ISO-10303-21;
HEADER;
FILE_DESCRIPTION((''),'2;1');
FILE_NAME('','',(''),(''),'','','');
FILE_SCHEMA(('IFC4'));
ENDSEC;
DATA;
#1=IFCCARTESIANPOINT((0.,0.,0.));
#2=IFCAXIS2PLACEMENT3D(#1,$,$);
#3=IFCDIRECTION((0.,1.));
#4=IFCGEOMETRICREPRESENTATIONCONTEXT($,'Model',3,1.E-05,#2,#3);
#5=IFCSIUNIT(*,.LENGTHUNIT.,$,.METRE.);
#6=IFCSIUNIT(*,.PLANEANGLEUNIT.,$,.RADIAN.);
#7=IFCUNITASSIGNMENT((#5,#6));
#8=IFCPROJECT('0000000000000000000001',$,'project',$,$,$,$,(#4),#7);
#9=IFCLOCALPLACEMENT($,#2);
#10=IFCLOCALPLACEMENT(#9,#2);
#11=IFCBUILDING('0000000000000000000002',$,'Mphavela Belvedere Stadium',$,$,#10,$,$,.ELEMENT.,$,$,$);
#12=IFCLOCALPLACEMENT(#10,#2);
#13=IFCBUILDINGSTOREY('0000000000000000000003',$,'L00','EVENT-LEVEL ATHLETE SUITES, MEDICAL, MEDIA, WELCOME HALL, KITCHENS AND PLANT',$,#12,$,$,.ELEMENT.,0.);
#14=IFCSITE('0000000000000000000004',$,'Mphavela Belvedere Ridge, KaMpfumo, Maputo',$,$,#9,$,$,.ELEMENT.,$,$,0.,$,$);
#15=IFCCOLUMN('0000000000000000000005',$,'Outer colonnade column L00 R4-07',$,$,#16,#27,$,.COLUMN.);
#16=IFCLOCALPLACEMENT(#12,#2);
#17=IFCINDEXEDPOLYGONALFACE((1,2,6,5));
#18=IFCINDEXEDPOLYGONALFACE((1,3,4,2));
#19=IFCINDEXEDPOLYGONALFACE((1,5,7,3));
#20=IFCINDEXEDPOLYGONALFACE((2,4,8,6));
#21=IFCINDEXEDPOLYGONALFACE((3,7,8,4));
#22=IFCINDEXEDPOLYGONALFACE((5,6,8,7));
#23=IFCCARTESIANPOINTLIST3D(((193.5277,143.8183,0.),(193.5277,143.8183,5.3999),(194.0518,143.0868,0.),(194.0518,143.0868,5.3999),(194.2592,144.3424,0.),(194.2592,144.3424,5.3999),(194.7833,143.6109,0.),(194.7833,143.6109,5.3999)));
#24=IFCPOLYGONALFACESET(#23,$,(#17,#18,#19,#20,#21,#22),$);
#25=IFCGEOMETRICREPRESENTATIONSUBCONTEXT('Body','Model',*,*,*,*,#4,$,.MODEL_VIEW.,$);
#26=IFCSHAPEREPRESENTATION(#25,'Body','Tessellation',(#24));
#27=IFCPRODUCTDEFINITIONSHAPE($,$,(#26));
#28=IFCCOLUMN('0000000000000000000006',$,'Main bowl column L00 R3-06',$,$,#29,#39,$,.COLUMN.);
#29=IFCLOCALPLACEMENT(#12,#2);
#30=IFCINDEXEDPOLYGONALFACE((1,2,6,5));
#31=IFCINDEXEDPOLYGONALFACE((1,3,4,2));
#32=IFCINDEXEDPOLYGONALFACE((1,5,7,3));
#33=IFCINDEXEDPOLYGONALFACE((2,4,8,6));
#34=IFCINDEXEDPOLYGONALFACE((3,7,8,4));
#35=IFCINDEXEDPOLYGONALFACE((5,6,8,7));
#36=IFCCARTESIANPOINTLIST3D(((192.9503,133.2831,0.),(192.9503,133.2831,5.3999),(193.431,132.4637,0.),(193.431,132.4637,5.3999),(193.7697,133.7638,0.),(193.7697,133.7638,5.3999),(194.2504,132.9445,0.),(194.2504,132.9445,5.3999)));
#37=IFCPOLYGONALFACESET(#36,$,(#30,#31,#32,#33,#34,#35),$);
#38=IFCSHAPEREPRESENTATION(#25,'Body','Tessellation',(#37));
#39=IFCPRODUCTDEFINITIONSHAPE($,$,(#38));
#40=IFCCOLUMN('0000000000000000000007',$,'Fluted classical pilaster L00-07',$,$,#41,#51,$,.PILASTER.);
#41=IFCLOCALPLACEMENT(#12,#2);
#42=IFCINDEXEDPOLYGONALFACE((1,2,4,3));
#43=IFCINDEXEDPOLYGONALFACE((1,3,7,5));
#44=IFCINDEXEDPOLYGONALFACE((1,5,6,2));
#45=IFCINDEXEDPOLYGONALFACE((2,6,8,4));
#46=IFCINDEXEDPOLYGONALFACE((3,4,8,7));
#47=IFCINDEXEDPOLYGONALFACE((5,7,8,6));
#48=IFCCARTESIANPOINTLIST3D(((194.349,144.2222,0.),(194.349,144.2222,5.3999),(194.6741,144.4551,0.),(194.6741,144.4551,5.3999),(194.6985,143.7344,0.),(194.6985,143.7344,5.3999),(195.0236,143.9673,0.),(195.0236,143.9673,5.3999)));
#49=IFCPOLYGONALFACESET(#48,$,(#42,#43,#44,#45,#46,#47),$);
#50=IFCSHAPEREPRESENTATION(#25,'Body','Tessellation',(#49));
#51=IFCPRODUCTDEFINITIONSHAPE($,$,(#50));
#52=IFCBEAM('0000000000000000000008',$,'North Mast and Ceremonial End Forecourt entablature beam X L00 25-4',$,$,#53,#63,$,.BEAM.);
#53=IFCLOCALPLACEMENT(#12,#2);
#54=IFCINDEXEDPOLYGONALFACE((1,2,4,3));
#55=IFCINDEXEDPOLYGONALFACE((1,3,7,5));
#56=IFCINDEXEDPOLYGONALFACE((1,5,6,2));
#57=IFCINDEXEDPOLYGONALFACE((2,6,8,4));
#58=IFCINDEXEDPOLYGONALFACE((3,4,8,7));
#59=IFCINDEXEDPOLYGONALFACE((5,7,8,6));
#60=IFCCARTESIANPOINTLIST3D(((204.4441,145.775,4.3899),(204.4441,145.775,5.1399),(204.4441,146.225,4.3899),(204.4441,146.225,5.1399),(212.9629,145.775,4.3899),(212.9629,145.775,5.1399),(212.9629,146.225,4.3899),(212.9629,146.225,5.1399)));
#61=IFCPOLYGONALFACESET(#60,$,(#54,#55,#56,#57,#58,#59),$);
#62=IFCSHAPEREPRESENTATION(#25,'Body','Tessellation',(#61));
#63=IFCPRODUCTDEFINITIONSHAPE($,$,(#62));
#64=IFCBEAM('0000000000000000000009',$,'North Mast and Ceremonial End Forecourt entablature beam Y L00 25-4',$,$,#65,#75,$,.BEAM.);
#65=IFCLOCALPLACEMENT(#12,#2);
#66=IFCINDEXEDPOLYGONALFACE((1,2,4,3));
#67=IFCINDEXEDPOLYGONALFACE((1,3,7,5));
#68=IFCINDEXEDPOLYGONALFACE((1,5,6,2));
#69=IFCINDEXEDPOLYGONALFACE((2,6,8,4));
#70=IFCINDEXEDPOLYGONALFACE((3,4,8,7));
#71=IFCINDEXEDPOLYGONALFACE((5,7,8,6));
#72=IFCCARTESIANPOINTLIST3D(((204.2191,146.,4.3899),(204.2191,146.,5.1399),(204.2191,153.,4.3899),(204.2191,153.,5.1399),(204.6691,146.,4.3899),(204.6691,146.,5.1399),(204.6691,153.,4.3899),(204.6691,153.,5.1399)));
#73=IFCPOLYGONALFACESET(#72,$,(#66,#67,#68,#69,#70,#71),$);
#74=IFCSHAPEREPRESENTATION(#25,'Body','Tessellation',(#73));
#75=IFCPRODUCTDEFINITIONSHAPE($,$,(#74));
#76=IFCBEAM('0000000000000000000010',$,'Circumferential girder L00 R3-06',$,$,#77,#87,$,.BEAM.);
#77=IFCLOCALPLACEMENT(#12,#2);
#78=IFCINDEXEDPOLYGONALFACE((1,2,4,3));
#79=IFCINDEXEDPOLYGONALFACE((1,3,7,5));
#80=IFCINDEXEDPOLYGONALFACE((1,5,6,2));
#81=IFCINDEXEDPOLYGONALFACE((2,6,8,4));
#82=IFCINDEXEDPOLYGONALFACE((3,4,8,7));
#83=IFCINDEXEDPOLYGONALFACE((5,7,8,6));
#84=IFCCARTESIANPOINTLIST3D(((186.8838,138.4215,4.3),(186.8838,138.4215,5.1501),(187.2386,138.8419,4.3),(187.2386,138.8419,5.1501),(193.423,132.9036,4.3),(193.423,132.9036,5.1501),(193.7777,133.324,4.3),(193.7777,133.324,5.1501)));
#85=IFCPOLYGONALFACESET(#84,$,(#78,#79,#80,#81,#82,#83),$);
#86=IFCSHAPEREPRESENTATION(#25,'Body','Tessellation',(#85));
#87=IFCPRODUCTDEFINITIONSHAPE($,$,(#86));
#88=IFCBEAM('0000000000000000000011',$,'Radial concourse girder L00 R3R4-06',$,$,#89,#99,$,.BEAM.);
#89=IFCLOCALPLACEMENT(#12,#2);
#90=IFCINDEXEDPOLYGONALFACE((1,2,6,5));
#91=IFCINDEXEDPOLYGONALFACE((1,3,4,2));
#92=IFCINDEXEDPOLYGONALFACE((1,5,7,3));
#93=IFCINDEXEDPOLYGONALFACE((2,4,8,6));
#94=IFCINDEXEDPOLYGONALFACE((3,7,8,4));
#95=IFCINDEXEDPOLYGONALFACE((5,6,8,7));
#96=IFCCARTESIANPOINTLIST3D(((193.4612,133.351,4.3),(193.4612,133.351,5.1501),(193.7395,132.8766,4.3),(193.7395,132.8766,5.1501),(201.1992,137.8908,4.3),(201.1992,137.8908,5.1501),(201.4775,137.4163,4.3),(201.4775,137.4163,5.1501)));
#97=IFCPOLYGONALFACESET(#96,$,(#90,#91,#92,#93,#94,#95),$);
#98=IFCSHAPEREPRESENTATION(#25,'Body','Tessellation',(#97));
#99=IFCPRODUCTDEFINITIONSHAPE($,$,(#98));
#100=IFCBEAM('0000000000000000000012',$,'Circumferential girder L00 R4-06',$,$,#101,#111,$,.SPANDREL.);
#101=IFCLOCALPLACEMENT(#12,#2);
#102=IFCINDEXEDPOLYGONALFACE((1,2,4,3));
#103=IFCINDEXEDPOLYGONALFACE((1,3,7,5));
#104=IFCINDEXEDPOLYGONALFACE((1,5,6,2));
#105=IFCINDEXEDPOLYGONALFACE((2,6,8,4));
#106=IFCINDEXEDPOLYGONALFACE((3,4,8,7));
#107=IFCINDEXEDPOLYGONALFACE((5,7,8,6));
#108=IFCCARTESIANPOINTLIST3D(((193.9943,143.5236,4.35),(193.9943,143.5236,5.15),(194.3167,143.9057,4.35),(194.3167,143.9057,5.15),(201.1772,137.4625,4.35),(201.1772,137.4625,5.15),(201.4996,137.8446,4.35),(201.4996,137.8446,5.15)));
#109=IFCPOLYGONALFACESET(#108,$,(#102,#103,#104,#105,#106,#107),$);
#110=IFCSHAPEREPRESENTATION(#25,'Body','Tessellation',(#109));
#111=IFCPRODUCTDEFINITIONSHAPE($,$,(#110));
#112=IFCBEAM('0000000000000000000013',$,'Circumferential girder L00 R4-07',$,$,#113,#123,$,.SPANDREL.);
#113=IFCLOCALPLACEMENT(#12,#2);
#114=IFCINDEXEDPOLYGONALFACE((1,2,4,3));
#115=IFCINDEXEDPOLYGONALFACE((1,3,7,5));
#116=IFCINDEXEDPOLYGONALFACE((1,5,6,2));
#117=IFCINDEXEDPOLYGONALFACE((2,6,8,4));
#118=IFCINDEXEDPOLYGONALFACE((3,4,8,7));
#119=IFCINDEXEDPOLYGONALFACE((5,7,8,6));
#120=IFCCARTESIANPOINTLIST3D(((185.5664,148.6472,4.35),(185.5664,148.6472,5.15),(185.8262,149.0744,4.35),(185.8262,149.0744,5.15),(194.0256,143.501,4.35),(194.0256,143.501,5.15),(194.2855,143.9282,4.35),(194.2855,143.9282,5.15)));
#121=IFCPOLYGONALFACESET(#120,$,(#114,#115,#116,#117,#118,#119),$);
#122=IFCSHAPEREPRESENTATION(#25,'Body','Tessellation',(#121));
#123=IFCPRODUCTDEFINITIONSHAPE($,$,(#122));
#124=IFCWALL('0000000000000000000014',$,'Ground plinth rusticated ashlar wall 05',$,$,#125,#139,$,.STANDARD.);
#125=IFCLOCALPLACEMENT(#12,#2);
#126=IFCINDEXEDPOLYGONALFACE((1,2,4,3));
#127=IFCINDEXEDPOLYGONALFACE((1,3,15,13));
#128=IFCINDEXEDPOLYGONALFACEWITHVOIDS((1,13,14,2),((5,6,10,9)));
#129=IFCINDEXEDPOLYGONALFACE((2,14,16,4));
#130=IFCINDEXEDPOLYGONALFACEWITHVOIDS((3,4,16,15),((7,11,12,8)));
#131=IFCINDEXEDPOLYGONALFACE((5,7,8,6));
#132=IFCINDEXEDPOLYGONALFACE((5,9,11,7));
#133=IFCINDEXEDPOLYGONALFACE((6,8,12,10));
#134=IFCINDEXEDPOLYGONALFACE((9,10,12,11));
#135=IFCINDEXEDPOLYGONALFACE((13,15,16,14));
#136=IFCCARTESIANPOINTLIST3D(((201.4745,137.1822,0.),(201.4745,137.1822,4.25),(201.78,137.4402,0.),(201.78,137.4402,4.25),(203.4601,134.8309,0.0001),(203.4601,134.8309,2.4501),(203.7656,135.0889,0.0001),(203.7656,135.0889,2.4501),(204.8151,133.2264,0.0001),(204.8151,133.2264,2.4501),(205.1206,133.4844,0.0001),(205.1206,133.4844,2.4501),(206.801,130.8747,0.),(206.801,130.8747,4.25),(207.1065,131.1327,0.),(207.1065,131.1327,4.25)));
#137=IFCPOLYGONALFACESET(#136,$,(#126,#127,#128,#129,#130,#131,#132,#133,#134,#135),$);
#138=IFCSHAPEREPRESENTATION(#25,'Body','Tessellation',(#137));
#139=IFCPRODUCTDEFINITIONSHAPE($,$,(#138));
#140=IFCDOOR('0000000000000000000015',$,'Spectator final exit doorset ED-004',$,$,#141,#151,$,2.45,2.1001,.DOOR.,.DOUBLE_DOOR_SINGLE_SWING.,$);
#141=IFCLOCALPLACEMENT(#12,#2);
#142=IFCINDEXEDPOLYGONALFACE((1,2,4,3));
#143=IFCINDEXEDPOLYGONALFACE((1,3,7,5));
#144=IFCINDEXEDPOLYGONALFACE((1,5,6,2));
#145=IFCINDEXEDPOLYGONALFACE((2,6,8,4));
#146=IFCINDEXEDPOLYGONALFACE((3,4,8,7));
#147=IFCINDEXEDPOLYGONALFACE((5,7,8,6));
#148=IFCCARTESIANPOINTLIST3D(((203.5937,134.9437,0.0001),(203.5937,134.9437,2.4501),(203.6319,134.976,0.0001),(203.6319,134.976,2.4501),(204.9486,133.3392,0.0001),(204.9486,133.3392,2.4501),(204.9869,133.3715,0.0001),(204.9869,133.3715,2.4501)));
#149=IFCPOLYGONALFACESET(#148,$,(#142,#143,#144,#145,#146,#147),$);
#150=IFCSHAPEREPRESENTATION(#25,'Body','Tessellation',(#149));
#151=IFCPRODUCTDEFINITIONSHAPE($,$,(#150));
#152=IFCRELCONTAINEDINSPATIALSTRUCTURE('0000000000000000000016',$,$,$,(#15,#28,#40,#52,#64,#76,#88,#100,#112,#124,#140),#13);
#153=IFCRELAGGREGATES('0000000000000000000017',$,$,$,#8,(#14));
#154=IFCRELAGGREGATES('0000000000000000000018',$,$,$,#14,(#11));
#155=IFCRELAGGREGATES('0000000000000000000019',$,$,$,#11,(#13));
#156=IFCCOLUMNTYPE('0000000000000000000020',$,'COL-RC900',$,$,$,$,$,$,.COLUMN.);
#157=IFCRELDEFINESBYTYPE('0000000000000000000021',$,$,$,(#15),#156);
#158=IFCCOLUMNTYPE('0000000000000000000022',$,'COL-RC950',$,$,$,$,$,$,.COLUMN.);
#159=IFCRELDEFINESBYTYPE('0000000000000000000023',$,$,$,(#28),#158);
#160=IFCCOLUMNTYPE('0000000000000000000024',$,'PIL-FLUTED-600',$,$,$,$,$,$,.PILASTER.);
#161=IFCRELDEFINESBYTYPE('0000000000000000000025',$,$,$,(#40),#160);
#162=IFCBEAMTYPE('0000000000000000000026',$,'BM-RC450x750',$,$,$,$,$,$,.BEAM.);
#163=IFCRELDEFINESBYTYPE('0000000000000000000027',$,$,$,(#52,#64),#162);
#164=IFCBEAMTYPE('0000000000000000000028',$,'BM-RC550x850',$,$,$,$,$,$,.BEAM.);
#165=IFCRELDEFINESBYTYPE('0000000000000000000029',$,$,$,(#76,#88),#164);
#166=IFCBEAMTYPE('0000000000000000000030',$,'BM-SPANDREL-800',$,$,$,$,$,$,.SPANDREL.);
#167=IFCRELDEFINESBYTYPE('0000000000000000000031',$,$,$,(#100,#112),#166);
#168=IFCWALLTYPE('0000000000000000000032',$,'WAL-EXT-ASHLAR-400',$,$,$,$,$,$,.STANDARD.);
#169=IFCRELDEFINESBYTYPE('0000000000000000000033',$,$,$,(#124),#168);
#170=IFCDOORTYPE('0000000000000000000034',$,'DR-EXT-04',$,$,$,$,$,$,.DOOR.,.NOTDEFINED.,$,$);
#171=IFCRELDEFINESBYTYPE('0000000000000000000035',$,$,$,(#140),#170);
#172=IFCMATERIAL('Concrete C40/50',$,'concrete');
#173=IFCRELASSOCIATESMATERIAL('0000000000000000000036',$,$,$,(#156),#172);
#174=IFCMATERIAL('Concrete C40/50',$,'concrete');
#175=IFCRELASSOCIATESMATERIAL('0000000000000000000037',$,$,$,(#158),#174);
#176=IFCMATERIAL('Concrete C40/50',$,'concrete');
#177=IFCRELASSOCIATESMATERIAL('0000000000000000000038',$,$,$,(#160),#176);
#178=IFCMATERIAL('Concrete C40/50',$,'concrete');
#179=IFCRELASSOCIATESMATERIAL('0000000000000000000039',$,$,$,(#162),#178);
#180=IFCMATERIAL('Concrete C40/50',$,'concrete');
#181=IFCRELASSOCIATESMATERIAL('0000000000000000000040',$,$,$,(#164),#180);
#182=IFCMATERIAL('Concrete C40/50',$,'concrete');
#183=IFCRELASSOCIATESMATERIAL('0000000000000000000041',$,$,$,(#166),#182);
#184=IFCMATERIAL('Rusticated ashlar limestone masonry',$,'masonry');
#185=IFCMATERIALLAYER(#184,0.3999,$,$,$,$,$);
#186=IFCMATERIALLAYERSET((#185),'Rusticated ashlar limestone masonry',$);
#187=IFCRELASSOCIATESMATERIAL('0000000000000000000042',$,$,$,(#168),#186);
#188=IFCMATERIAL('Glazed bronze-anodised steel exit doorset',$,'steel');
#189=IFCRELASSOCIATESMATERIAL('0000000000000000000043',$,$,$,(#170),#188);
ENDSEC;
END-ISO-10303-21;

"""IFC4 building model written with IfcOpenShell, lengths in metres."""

from ifc_helpers import new_model, si_unit, direction, frame, frame_2d, origin, origin_2d, place, context, subcontext, project, spatial, rectangle, extrude, material, layer, layer_set, material_profile, profile_set, type_object, element, fill, save


model = new_model("IFC4")

# Units and contexts
model_context = context("Model", 3, precision=1e-05, world=origin(), true_north=direction((0.0, 1.0)))
body_context = subcontext(model_context, "Body", "Model", "MODEL_VIEW")
ifc_project = project(units=[si_unit("LENGTHUNIT", "METRE"), si_unit("PLANEANGLEUNIT", "RADIAN")], contexts=[model_context])

# Site, building, storey
site_placement = place(None, origin())
site = spatial("IfcSite", under=ifc_project, at=site_placement, Name="Mphavela Belvedere Ridge, KaMpfumo, Maputo", CompositionType="ELEMENT", RefElevation=0.0)
building_placement = place(site_placement, origin())
building = spatial("IfcBuilding", under=site, at=building_placement, Name="Mphavela Belvedere Stadium", CompositionType="ELEMENT")
storey_placement = place(building_placement, origin())
storey = spatial("IfcBuildingStorey", under=building, at=storey_placement, Name="L00", Description="EVENT-LEVEL ATHLETE SUITES, MEDICAL, MEDIA, WELCOME HALL, KITCHENS AND PLANT", CompositionType="ELEMENT", Elevation=0.0)

# Columns
ifc_material_1 = material(Name="Concrete C40/50", Category="concrete")
ifc_material_profile_1 = material_profile(ifc_material_1, rectangle(XDim=0.8999, YDim=0.8999, at=origin_2d()), Name="RC 900x900")
ifc_profile_set_1 = profile_set([ifc_material_profile_1], Name="Concrete C40/50")
column_type_1 = type_object("IfcColumnType", Name="COL-RC900", PredefinedType="COLUMN", material=ifc_profile_set_1)
for number, where, z_axis, x_axis, name in (
    (1, (194.1555, 143.7146, 0.0), (0.0, 0.0, 1.0), (0.812898, 0.582407, 0.0), "Outer colonnade column L00 R4-07"),
):
    element("IfcColumn", number, at=place(storey_placement, frame(where, z_axis=z_axis, x_axis=x_axis)), inside=storey, type_object=column_type_1, Name=name, PredefinedType="COLUMN", context=body_context, shape_type="SweptSolid", body=[
        extrude(rectangle(XDim=0.8999, YDim=0.8999, at=origin_2d()), origin(), (0.0, 0.0, 1.0), 5.3999),
    ])
ifc_material_2 = material(Name="Concrete C40/50", Category="concrete")
ifc_material_profile_2 = material_profile(ifc_material_2, rectangle(XDim=0.95, YDim=0.95, at=origin_2d()), Name="RC 950x950")
ifc_profile_set_2 = profile_set([ifc_material_profile_2], Name="Concrete C40/50")
column_type_2 = type_object("IfcColumnType", Name="COL-RC950", PredefinedType="COLUMN", material=ifc_profile_set_2)
column_1_placement = place(storey_placement, frame((193.6003, 133.1138, 0.0), z_axis=(0.0, 0.0, 1.0), x_axis=(0.862514, 0.506034, 0.0)))
element("IfcColumn", 2, at=column_1_placement, inside=storey, type_object=column_type_2, Name="Main bowl column L00 R3-06", PredefinedType="COLUMN", context=body_context, shape_type="SweptSolid", body=[
    extrude(rectangle(XDim=0.95, YDim=0.95, at=origin_2d()), origin(), (0.0, 0.0, 1.0), 5.3999),
])
ifc_material_3 = material(Name="Concrete C40/50", Category="concrete")
ifc_material_profile_3 = material_profile(ifc_material_3, rectangle(XDim=0.6001, YDim=0.3999, at=origin_2d()), Name="PIL 600x400")
ifc_profile_set_3 = profile_set([ifc_material_profile_3], Name="Concrete C40/50")
column_type_3 = type_object("IfcColumnType", Name="PIL-FLUTED-600", PredefinedType="PILASTER", material=ifc_profile_set_3)
column_2_placement = place(storey_placement, frame((194.6863, 144.0947, 0.0), z_axis=(0.0, 0.0, 1.0), x_axis=(-0.582407, 0.812898, 0.0)))
element("IfcColumn", 3, at=column_2_placement, inside=storey, type_object=column_type_3, Name="Fluted classical pilaster L00-07", PredefinedType="PILASTER", context=body_context, shape_type="SweptSolid", body=[
    extrude(rectangle(XDim=0.6001, YDim=0.3999, at=origin_2d()), origin(), (0.0, 0.0, 1.0), 5.3999),
])

# Beams
ifc_material_4 = material(Name="Concrete C40/50", Category="concrete")
ifc_material_profile_4 = material_profile(ifc_material_4, rectangle(XDim=0.45, YDim=0.75, at=origin_2d()), Name="RC 450x750")
ifc_profile_set_4 = profile_set([ifc_material_profile_4], Name="Concrete C40/50")
beam_type_1 = type_object("IfcBeamType", Name="BM-RC450x750", PredefinedType="BEAM", material=ifc_profile_set_4)
beam_1_placement = place(storey_placement, frame((204.4441, 146.0, 4.7649), z_axis=(1.0, 0.0, 0.0), x_axis=(0.0, 1.0, 0.0)))
element("IfcBeam", 4, at=beam_1_placement, inside=storey, type_object=beam_type_1, Name="North Mast and Ceremonial End Forecourt entablature beam X L00 25-4", PredefinedType="BEAM", context=body_context, shape_type="SweptSolid", body=[
    extrude(rectangle(XDim=0.45, YDim=0.75, at=origin_2d()), origin(), (0.0, 0.0, 1.0), 8.5188),
])
beam_2_placement = place(storey_placement, frame((204.4441, 146.0, 4.7649), z_axis=(0.0, 1.0, 0.0), x_axis=(-1.0, 0.0, 0.0)))
element("IfcBeam", 5, at=beam_2_placement, inside=storey, type_object=beam_type_1, Name="North Mast and Ceremonial End Forecourt entablature beam Y L00 25-4", PredefinedType="BEAM", context=body_context, shape_type="SweptSolid", body=[
    extrude(rectangle(XDim=0.45, YDim=0.75, at=origin_2d()), origin(), (0.0, 0.0, 1.0), 7.0),
])
ifc_material_5 = material(Name="Concrete C40/50", Category="concrete")
ifc_material_profile_5 = material_profile(ifc_material_5, rectangle(XDim=0.55, YDim=0.8501, at=origin_2d()), Name="RC 550x850")
ifc_profile_set_5 = profile_set([ifc_material_profile_5], Name="Concrete C40/50")
beam_type_2 = type_object("IfcBeamType", Name="BM-RC550x850", PredefinedType="BEAM", material=ifc_profile_set_5)
beam_3_placement = place(storey_placement, frame((193.6003, 133.1138, 4.7251), z_axis=(-0.764263, 0.644904, 0.0), x_axis=(-0.644904, -0.764263, 0.0)))
element("IfcBeam", 6, at=beam_3_placement, inside=storey, type_object=beam_type_2, Name="Circumferential girder L00 R3-06", PredefinedType="BEAM", context=body_context, shape_type="SweptSolid", body=[
    extrude(rectangle(XDim=0.55, YDim=0.8501, at=origin_2d()), origin(), (0.0, 0.0, 1.0), 8.5562),
])
beam_4_placement = place(storey_placement, frame((193.6003, 133.1138, 4.7251), z_axis=(0.862518, 0.506027, 0.0), x_axis=(-0.506027, 0.862518, 0.0)))
element("IfcBeam", 7, at=beam_4_placement, inside=storey, type_object=beam_type_2, Name="Radial concourse girder L00 R3R4-06", PredefinedType="BEAM", context=body_context, shape_type="SweptSolid", body=[
    extrude(rectangle(XDim=0.55, YDim=0.8501, at=origin_2d()), origin(), (0.0, 0.0, 1.0), 8.9714),
])
ifc_material_6 = material(Name="Concrete C40/50", Category="concrete")
ifc_material_profile_6 = material_profile(ifc_material_6, rectangle(XDim=0.5, YDim=0.8, at=origin_2d()), Name="RC 500x800")
ifc_profile_set_6 = profile_set([ifc_material_profile_6], Name="Concrete C40/50")
beam_type_3 = type_object("IfcBeamType", Name="BM-SPANDREL-800", PredefinedType="SPANDREL", material=ifc_profile_set_6)
beam_5_placement = place(storey_placement, frame((201.3384, 137.6536, 4.75), z_axis=(-0.764265, 0.644902, 0.0), x_axis=(-0.644902, -0.764265, 0.0)))
element("IfcBeam", 8, at=beam_5_placement, inside=storey, type_object=beam_type_3, Name="Circumferential girder L00 R4-06", PredefinedType="SPANDREL", context=body_context, shape_type="SweptSolid", body=[
    extrude(rectangle(XDim=0.5, YDim=0.8, at=origin_2d()), origin(), (0.0, 0.0, 1.0), 9.3984),
])
beam_6_placement = place(storey_placement, frame((194.1555, 143.7146, 4.75), z_axis=(-0.854327, 0.519737, 0.0), x_axis=(-0.519737, -0.854327, 0.0)))
element("IfcBeam", 9, at=beam_6_placement, inside=storey, type_object=beam_type_3, Name="Circumferential girder L00 R4-07", PredefinedType="SPANDREL", context=body_context, shape_type="SweptSolid", body=[
    extrude(rectangle(XDim=0.5, YDim=0.8, at=origin_2d()), origin(), (0.0, 0.0, 1.0), 9.9016),
])

# Wall, opening, door
ifc_material_7 = material(Name="Rusticated ashlar limestone masonry", Category="masonry")
ifc_layer_1 = layer(ifc_material_7, 0.3999)
ifc_layer_set_1 = layer_set([ifc_layer_1], Name="Rusticated ashlar limestone masonry")
wall_type_1 = type_object("IfcWallType", Name="WAL-EXT-ASHLAR-400", PredefinedType="STANDARD", material=ifc_layer_set_1)
wall_1_placement = place(storey_placement, frame((201.6272, 137.3113, 0.0), z_axis=(0.0, 0.0, 1.0), x_axis=(0.645194, -0.764019, 0.0)))
wall_1 = element("IfcWall", 10, at=wall_1_placement, inside=storey, type_object=wall_type_1, Name="Ground plinth rusticated ashlar wall 05", PredefinedType="STANDARD", context=body_context, shape_type="SweptSolid", body=[
    extrude(rectangle(XDim=8.2556, YDim=0.3999, at=frame_2d((4.1279, 0.0))), origin(), (0.0, 0.0, 1.0), 4.25),
])
opening_1_placement = place(wall_1_placement, frame((3.0776, 0.0, 0.0)))
opening_1 = element("IfcOpeningElement", 11, at=opening_1_placement, cuts=wall_1, PredefinedType="OPENING", context=body_context, shape_type="SweptSolid", body=[
    extrude(rectangle(XDim=2.1001, YDim=2.45, at=frame_2d((1.05, 1.2251))), frame((0.0, 0.21, 0.0), z_axis=(0.0, -1.0, 0.0), x_axis=(1.0, 0.0, 0.0)), (0.0, 0.0, 1.0), 0.4199),
])
ifc_material_8 = material(Name="Glazed bronze-anodised steel exit doorset", Category="steel")
door_type_1 = type_object("IfcDoorType", Name="DR-EXT-04", OperationType="NOTDEFINED", PredefinedType="DOOR", material=ifc_material_8)
door_1_placement = place(opening_1_placement, origin())
door_1 = element("IfcDoor", 12, at=door_1_placement, inside=storey, type_object=door_type_1, Name="Spectator final exit doorset ED-004", OperationType="DOUBLE_DOOR_SINGLE_SWING", OverallHeight=2.45, OverallWidth=2.1001, PredefinedType="DOOR", context=body_context, shape_type="SweptSolid", body=[
    extrude(rectangle(XDim=2.1001, YDim=2.45, at=frame_2d((1.05, 1.2251))), frame((0.0, 0.0249, 0.0), z_axis=(0.0, -1.0, 0.0), x_axis=(1.0, 0.0, 0.0)), (0.0, 0.0, 1.0), 0.05),
])
fill(opening_1, door_1)

save(model, "model.ifc")
